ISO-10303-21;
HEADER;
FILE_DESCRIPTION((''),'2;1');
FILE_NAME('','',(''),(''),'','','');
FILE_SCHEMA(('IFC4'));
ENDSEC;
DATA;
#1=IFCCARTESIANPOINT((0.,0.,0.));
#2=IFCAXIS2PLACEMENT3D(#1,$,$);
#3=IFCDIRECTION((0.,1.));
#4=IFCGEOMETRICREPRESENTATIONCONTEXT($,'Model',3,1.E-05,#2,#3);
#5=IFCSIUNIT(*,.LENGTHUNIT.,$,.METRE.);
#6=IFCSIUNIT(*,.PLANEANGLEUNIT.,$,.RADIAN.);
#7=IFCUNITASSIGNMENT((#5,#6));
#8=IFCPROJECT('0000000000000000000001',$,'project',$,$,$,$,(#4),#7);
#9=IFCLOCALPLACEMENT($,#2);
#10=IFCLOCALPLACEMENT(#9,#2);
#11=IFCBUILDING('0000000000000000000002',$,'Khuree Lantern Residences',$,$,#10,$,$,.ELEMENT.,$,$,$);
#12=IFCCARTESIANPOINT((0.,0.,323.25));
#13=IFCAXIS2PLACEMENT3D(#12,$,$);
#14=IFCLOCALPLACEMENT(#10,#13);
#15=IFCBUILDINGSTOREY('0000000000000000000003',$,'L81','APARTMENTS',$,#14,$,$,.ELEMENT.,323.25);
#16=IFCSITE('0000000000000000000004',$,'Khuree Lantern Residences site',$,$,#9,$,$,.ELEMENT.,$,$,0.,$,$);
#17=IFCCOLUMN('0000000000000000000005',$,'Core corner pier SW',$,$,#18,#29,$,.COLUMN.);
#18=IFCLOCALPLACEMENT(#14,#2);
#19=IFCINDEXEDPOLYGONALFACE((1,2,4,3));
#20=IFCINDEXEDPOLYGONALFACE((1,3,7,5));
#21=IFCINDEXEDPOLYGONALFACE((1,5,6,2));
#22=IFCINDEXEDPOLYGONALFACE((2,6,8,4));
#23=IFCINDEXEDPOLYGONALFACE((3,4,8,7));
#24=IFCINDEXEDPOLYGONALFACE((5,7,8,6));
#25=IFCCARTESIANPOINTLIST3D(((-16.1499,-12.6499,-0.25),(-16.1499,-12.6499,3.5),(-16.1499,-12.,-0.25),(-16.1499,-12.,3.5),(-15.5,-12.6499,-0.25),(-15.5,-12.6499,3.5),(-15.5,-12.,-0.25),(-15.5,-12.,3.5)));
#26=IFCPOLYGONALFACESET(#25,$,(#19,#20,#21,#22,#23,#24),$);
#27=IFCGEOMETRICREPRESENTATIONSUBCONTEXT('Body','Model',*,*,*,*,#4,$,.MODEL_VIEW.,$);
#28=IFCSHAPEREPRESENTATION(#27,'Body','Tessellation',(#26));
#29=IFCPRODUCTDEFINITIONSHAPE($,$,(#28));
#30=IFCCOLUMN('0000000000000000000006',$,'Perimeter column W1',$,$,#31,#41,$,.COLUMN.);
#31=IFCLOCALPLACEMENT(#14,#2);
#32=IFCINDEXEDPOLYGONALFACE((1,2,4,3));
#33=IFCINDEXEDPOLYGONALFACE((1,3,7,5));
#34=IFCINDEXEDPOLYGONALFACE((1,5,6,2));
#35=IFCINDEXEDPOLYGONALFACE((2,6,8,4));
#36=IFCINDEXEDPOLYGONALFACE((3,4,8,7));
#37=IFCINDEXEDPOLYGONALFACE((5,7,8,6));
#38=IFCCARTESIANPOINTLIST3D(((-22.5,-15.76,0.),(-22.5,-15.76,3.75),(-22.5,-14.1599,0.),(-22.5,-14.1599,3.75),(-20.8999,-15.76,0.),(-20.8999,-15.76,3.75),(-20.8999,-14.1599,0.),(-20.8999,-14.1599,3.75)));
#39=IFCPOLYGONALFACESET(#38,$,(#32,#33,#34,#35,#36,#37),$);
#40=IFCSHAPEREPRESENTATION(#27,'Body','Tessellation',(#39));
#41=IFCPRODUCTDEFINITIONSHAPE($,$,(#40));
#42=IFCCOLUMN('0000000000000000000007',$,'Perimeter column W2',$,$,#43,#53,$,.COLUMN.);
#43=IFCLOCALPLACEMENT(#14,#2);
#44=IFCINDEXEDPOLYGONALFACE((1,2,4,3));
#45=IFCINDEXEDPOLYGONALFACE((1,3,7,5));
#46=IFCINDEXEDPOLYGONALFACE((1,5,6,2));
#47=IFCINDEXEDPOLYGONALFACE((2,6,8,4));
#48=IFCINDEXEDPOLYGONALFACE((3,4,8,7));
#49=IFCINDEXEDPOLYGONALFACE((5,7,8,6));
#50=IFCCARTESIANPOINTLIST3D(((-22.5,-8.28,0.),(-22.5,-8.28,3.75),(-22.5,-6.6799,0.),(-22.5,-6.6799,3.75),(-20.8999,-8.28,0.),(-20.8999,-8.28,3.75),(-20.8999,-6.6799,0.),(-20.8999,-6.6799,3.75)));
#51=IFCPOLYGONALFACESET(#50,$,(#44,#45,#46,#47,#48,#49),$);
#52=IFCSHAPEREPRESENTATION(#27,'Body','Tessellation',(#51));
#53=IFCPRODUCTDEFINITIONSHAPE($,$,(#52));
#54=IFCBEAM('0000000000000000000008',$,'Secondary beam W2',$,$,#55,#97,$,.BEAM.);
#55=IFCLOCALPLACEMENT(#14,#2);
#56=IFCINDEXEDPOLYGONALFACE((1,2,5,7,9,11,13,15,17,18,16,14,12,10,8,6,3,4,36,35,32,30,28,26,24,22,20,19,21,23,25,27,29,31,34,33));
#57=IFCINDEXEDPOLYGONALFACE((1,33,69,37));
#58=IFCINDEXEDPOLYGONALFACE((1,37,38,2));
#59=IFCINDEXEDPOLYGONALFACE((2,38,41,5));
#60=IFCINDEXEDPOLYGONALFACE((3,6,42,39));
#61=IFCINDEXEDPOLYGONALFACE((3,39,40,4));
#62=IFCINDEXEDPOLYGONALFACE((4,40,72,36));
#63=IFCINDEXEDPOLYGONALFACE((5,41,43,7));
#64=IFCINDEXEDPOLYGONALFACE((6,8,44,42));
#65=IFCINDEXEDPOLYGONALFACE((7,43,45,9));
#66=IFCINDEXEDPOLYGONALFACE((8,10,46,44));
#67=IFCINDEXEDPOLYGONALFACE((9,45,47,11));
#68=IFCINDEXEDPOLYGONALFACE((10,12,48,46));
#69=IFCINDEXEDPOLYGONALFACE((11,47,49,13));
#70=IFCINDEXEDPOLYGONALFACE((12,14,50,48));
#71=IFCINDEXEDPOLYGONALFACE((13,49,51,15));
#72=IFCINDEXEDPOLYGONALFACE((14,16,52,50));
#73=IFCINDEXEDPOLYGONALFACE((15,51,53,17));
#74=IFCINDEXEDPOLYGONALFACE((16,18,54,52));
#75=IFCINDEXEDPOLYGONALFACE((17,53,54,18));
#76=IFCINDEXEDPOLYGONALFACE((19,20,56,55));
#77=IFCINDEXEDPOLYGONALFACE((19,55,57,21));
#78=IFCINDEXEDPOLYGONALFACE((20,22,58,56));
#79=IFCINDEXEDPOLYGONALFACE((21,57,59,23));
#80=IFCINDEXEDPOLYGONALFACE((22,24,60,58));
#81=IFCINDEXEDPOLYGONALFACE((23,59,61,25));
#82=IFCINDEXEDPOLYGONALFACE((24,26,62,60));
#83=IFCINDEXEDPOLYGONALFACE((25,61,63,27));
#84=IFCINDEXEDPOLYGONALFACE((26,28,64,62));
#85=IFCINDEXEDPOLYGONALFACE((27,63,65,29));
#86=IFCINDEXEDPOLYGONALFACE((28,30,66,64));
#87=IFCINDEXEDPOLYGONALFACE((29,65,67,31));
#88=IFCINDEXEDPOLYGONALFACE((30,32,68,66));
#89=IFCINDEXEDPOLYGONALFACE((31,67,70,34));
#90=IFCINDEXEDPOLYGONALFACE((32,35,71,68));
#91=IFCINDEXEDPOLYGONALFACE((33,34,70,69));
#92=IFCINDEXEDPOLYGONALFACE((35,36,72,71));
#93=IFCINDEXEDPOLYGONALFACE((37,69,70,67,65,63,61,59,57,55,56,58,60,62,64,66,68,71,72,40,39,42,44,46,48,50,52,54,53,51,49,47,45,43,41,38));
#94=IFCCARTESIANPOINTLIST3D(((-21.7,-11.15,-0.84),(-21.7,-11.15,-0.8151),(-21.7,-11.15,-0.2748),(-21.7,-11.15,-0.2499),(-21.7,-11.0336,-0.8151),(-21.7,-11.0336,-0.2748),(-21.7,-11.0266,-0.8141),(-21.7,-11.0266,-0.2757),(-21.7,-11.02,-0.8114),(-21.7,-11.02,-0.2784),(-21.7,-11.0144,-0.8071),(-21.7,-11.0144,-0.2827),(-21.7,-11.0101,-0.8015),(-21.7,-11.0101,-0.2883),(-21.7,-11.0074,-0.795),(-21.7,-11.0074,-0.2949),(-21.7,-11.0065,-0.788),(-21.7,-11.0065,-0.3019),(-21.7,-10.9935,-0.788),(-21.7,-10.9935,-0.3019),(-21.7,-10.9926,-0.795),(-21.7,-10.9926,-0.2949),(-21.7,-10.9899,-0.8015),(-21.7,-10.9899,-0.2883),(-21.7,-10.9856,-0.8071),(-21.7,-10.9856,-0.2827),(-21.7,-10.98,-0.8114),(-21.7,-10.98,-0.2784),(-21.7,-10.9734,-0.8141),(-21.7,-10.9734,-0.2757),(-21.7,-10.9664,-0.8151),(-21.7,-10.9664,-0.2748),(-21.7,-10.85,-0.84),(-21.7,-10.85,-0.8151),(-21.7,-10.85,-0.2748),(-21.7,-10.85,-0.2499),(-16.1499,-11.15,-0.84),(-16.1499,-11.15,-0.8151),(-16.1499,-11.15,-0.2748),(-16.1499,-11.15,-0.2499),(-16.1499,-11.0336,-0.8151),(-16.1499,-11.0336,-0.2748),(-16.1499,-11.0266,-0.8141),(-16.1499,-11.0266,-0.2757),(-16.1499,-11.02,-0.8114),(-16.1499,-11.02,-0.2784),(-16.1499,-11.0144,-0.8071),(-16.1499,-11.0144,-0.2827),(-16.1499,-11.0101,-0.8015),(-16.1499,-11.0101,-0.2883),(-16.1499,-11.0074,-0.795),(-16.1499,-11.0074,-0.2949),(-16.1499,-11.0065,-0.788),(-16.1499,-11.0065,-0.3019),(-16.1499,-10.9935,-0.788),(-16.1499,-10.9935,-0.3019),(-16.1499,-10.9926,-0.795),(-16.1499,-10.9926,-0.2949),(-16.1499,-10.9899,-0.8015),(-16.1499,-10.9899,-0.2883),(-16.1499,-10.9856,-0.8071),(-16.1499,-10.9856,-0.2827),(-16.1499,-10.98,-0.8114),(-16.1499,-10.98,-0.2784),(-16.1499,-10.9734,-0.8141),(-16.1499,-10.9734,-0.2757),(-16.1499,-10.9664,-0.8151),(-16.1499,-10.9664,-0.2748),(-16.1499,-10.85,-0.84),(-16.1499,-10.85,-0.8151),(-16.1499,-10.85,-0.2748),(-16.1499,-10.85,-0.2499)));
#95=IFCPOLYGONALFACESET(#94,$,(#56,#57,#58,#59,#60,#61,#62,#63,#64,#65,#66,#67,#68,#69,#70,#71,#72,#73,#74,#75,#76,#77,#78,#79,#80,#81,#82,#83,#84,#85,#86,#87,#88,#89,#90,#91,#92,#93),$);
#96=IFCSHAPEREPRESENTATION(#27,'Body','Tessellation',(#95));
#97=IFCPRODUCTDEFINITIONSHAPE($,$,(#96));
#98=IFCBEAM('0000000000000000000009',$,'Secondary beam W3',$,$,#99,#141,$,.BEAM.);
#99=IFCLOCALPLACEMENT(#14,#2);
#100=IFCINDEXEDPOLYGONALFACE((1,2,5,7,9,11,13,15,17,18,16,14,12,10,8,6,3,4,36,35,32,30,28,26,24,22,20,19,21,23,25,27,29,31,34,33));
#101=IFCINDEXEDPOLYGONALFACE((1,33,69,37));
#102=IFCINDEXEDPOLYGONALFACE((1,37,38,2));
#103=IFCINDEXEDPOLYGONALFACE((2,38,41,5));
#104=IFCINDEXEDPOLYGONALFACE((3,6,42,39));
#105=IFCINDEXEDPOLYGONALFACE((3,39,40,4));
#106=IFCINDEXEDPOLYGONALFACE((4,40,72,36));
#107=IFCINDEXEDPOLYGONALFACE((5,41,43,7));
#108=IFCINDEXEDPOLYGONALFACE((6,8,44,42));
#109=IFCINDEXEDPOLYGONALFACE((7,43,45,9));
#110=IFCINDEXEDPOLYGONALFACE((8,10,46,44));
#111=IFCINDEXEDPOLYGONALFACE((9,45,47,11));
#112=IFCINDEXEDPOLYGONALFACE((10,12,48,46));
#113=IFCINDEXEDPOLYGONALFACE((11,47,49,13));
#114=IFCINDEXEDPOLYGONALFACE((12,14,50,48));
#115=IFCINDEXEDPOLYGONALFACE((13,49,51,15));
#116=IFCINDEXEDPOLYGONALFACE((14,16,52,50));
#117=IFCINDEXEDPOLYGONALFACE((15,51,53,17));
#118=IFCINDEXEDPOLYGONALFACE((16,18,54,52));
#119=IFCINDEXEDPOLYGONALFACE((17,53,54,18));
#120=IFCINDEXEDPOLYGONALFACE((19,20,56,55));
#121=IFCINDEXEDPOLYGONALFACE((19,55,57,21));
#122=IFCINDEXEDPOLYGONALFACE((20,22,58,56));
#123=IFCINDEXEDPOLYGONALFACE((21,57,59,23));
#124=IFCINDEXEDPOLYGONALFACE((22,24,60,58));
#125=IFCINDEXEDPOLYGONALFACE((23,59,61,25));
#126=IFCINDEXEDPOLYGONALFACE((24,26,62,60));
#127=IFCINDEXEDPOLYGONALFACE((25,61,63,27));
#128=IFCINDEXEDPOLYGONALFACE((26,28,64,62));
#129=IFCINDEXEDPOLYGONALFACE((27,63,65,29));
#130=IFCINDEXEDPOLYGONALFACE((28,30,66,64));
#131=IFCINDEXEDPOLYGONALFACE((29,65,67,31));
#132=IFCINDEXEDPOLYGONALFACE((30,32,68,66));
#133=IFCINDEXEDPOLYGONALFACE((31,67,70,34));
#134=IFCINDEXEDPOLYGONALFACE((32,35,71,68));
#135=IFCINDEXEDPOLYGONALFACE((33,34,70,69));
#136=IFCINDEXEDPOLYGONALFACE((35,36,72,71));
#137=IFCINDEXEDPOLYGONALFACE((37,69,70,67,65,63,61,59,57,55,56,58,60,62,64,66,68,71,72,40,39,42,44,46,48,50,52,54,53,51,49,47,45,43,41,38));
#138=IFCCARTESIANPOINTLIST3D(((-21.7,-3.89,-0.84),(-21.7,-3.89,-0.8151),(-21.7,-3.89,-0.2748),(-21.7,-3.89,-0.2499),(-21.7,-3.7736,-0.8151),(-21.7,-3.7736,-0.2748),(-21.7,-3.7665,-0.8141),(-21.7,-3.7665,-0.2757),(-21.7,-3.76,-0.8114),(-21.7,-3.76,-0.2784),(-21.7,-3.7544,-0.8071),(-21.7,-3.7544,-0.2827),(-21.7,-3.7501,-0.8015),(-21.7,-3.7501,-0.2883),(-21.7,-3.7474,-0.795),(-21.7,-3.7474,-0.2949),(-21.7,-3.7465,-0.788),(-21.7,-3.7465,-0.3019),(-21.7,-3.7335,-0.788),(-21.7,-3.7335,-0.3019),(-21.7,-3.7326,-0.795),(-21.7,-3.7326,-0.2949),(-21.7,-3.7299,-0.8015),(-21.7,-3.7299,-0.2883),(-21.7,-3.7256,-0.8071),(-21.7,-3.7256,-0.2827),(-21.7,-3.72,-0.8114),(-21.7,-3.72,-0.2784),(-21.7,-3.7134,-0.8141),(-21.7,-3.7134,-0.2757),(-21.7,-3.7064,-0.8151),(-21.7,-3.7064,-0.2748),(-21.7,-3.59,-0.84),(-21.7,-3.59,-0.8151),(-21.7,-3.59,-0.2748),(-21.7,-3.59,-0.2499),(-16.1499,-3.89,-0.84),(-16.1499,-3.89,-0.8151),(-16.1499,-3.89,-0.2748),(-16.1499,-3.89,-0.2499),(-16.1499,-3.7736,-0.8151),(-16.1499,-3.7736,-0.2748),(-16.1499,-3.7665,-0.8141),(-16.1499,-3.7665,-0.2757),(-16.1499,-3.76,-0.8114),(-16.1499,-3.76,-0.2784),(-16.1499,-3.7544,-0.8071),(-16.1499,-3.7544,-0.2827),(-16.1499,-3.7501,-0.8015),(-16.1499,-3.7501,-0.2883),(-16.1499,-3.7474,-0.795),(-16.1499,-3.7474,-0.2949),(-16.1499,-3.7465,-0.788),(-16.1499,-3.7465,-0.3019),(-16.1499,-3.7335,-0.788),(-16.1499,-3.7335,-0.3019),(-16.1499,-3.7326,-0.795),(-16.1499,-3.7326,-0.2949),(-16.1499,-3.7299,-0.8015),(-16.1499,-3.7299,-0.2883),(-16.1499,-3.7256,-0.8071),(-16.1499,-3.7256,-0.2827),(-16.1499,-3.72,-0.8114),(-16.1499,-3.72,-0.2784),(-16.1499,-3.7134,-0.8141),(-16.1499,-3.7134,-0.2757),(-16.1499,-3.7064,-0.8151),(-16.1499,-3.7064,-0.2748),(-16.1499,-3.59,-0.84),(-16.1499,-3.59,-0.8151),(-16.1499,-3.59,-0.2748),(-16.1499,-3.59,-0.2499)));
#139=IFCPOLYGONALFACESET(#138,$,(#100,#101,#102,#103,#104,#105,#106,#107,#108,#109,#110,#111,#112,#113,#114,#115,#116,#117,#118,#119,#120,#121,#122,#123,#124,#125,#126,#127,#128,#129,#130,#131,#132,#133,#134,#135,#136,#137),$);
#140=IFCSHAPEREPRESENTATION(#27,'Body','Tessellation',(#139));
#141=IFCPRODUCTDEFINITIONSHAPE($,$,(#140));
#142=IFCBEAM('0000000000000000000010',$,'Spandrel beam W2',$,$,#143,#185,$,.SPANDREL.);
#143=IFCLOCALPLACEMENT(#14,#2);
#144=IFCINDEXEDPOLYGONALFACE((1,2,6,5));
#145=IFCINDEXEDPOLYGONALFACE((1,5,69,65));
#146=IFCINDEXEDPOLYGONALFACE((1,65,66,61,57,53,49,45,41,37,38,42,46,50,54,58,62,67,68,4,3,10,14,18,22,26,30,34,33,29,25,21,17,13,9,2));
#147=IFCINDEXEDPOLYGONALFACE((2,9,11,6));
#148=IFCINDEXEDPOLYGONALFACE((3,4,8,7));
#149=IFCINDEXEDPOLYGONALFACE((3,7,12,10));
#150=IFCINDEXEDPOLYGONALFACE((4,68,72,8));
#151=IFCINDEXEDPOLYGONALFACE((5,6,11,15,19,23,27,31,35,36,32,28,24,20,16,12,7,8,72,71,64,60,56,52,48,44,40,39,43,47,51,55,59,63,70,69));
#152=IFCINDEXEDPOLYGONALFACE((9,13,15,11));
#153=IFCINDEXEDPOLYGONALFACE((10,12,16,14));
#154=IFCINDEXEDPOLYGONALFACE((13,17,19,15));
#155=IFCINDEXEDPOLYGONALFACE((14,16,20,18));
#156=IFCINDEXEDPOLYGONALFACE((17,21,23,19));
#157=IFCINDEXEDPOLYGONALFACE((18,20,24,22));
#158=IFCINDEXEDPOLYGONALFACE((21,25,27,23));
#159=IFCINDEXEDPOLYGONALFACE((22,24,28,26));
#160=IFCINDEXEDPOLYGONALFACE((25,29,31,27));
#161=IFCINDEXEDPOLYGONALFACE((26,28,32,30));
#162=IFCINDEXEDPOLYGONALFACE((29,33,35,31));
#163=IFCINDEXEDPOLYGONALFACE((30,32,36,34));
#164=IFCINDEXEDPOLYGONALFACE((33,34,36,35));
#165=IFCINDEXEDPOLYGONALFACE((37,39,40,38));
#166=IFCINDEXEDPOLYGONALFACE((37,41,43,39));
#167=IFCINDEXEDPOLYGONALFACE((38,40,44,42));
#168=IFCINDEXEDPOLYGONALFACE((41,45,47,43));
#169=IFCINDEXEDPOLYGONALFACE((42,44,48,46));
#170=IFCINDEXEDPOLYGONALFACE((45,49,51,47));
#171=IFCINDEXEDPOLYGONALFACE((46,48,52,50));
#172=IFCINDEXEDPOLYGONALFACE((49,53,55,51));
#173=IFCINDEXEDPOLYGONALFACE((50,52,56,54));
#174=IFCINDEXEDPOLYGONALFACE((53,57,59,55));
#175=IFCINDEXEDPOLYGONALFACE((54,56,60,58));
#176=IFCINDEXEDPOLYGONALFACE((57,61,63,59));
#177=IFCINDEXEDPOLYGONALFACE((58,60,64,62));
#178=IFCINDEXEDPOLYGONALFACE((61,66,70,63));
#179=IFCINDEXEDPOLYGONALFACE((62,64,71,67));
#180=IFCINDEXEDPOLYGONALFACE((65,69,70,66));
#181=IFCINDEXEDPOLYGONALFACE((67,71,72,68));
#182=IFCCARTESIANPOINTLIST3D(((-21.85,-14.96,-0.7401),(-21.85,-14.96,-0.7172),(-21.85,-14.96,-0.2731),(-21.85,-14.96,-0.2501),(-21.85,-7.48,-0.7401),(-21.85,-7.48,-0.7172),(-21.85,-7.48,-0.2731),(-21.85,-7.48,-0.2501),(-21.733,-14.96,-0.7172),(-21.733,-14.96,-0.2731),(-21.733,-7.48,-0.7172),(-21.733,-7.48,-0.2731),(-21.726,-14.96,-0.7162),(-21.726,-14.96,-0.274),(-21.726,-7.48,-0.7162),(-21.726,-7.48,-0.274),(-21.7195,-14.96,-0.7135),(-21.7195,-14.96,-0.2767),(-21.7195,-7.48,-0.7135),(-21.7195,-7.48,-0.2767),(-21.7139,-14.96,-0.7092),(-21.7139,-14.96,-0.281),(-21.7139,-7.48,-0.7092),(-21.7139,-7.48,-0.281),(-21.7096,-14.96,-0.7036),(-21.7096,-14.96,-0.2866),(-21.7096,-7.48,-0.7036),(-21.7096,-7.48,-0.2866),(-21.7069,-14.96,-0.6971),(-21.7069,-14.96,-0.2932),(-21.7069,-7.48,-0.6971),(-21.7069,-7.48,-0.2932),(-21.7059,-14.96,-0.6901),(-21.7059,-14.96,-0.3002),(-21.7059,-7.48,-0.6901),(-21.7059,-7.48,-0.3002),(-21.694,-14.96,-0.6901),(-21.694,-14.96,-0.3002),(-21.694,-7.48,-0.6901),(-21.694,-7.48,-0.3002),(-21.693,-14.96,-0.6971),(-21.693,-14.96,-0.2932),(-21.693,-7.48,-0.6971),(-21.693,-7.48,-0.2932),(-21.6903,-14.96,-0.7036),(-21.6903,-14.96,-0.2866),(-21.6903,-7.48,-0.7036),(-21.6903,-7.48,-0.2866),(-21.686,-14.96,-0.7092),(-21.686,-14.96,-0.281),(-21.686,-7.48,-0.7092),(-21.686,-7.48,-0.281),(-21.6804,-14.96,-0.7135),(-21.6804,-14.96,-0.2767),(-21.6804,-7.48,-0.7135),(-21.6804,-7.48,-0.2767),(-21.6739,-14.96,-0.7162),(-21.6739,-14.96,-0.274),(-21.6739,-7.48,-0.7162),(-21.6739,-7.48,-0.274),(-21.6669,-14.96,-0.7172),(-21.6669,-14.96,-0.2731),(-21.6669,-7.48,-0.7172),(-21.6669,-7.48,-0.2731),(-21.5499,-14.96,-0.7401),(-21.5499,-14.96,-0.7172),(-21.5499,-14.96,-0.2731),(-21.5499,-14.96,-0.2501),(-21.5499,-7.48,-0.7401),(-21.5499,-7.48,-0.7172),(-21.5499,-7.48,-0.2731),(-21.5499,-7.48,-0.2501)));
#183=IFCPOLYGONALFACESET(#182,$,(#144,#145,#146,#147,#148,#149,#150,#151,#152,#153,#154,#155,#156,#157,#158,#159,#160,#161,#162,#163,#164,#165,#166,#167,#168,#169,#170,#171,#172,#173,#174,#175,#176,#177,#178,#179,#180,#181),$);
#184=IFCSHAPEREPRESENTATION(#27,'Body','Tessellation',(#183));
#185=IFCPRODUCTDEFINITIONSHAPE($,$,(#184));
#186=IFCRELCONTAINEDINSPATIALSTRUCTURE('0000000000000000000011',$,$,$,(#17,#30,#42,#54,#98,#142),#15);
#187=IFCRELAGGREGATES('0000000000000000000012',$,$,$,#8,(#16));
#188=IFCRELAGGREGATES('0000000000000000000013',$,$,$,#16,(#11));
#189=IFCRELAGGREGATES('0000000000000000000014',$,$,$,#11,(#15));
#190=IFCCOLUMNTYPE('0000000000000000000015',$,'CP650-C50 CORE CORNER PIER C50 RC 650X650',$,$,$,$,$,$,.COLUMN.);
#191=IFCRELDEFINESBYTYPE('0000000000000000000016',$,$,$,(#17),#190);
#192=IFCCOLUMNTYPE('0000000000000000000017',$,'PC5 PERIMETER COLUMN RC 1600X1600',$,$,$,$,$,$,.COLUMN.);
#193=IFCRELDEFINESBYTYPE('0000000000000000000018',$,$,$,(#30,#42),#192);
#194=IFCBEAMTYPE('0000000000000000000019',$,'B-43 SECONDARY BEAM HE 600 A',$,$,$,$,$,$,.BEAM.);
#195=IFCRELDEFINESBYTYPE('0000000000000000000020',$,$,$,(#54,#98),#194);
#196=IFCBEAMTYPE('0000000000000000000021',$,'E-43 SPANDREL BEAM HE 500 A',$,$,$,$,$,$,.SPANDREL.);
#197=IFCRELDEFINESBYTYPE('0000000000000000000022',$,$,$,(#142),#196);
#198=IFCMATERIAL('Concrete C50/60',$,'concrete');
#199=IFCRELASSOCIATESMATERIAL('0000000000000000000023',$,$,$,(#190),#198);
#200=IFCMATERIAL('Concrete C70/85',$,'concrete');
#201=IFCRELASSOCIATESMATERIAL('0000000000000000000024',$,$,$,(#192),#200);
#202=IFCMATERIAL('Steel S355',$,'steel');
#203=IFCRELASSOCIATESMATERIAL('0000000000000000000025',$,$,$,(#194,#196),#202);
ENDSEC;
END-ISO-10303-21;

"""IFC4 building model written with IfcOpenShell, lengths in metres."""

from ifc_helpers import new_model, si_unit, direction, frame, origin, origin_2d, place, context, subcontext, project, spatial, rectangle, i_section, extrude, material, material_profile, profile_set, type_object, element, save


model = new_model("IFC4")

# Units and contexts
model_context = context("Model", 3, precision=1e-05, world=origin(), true_north=direction((0.0, 1.0)))
body_context = subcontext(model_context, "Body", "Model", "MODEL_VIEW")
ifc_project = project(units=[si_unit("LENGTHUNIT", "METRE"), si_unit("PLANEANGLEUNIT", "RADIAN")], contexts=[model_context])

# Site, building, storey
site_placement = place(None, origin())
site = spatial("IfcSite", under=ifc_project, at=site_placement, Name="Khuree Lantern Residences site", CompositionType="ELEMENT", RefElevation=0.0)
building_placement = place(site_placement, origin())
building = spatial("IfcBuilding", under=site, at=building_placement, Name="Khuree Lantern Residences", CompositionType="ELEMENT")
storey_placement = place(building_placement, frame((0.0, 0.0, 323.25)))
storey = spatial("IfcBuildingStorey", under=building, at=storey_placement, Name="L81", Description="APARTMENTS", CompositionType="ELEMENT", Elevation=323.25)

# Columns
ifc_material_1 = material(Name="Concrete C50/60", Category="concrete")
ifc_material_profile_1 = material_profile(ifc_material_1, rectangle(XDim=0.6499, YDim=0.6499, at=origin_2d()), Name="RC 650X650")
ifc_profile_set_1 = profile_set([ifc_material_profile_1], Name="Concrete C50/60")
column_type_1 = type_object("IfcColumnType", Name="CP650-C50 CORE CORNER PIER C50 RC 650X650", PredefinedType="COLUMN", material=ifc_profile_set_1)
column_placement = place(storey_placement, frame((-15.825, -12.325, -0.25), z_axis=(0.0, 0.0, 1.0), x_axis=(1.0, 0.0, 0.0)))
element("IfcColumn", 1, at=column_placement, inside=storey, type_object=column_type_1, Name="Core corner pier SW", PredefinedType="COLUMN", context=body_context, shape_type="SweptSolid", body=[
    extrude(rectangle(XDim=0.6499, YDim=0.6499, at=origin_2d()), origin(), (0.0, 0.0, 1.0), 3.75),
])
ifc_material_2 = material(Name="Concrete C70/85", Category="concrete")
ifc_material_profile_2 = material_profile(ifc_material_2, rectangle(XDim=1.6001, YDim=1.6001, at=origin_2d()), Name="RC 1600X1600")
ifc_profile_set_2 = profile_set([ifc_material_profile_2], Name="Concrete C70/85")
column_type_2 = type_object("IfcColumnType", Name="PC5 PERIMETER COLUMN RC 1600X1600", PredefinedType="COLUMN", material=ifc_profile_set_2)
for number, where, z_axis, x_axis, name in (
    (2, (-21.7, -14.96, 0.0), (0.0, 0.0, 1.0), (0.0, 1.0, 0.0), "Perimeter column W1"),
    (3, (-21.7, -7.48, 0.0), (0.0, 0.0, 1.0), (0.0, 1.0, 0.0), "Perimeter column W2"),
):
    element("IfcColumn", number, at=place(storey_placement, frame(where, z_axis=z_axis, x_axis=x_axis)), inside=storey, type_object=column_type_2, Name=name, PredefinedType="COLUMN", context=body_context, shape_type="SweptSolid", body=[
        extrude(rectangle(XDim=1.6001, YDim=1.6001, at=origin_2d()), origin(), (0.0, 0.0, 1.0), 3.75),
    ])

# Beams
ifc_material_3 = material(Name="Steel S355", Category="steel")
ifc_material_profile_3 = material_profile(ifc_material_3, i_section(OverallWidth=0.3, OverallDepth=0.5901, WebThickness=0.0129, FlangeThickness=0.0249, FilletRadius=0.0271, at=origin_2d()), Name="HE 600 A")
ifc_profile_set_3 = profile_set([ifc_material_profile_3], Name="Steel S355")
beam_type_1 = type_object("IfcBeamType", Name="B-43 SECONDARY BEAM HE 600 A", PredefinedType="BEAM", material=ifc_profile_set_3)
for number, where, z_axis, x_axis, name in (
    (4, (-21.7, -11.0, -0.5449), (1.0, 0.0, 0.0), (0.0, 1.0, 0.0), "Secondary beam W2"),
    (5, (-21.7, -3.74, -0.5449), (1.0, 0.0, 0.0), (0.0, 1.0, 0.0), "Secondary beam W3"),
):
    element("IfcBeam", number, at=place(storey_placement, frame(where, z_axis=z_axis, x_axis=x_axis)), inside=storey, type_object=beam_type_1, Name=name, PredefinedType="BEAM", context=body_context, shape_type="SweptSolid", body=[
        extrude(i_section(OverallWidth=0.3, OverallDepth=0.5901, WebThickness=0.0129, FlangeThickness=0.0249, FilletRadius=0.0271, at=origin_2d()), origin(), (0.0, 0.0, 1.0), 5.55),
    ])
ifc_material_profile_4 = material_profile(ifc_material_3, i_section(OverallWidth=0.3, OverallDepth=0.49, WebThickness=0.012, FlangeThickness=0.0229, FilletRadius=0.0271, at=origin_2d()), Name="HE 500 A")
ifc_profile_set_4 = profile_set([ifc_material_profile_4], Name="Steel S355")
beam_type_2 = type_object("IfcBeamType", Name="E-43 SPANDREL BEAM HE 500 A", PredefinedType="SPANDREL", material=ifc_profile_set_4)
for number, where, z_axis, x_axis, name in (
    (6, (-21.7, -14.96, -0.4951), (0.0, 1.0, 0.0), (-1.0, 0.0, 0.0), "Spandrel beam W2"),
):
    element("IfcBeam", number, at=place(storey_placement, frame(where, z_axis=z_axis, x_axis=x_axis)), inside=storey, type_object=beam_type_2, Name=name, PredefinedType="SPANDREL", context=body_context, shape_type="SweptSolid", body=[
        extrude(i_section(OverallWidth=0.3, OverallDepth=0.49, WebThickness=0.012, FlangeThickness=0.0229, FilletRadius=0.0271, at=origin_2d()), origin(), (0.0, 0.0, 1.0), 7.48),
    ])

save(model, "model.ifc")
